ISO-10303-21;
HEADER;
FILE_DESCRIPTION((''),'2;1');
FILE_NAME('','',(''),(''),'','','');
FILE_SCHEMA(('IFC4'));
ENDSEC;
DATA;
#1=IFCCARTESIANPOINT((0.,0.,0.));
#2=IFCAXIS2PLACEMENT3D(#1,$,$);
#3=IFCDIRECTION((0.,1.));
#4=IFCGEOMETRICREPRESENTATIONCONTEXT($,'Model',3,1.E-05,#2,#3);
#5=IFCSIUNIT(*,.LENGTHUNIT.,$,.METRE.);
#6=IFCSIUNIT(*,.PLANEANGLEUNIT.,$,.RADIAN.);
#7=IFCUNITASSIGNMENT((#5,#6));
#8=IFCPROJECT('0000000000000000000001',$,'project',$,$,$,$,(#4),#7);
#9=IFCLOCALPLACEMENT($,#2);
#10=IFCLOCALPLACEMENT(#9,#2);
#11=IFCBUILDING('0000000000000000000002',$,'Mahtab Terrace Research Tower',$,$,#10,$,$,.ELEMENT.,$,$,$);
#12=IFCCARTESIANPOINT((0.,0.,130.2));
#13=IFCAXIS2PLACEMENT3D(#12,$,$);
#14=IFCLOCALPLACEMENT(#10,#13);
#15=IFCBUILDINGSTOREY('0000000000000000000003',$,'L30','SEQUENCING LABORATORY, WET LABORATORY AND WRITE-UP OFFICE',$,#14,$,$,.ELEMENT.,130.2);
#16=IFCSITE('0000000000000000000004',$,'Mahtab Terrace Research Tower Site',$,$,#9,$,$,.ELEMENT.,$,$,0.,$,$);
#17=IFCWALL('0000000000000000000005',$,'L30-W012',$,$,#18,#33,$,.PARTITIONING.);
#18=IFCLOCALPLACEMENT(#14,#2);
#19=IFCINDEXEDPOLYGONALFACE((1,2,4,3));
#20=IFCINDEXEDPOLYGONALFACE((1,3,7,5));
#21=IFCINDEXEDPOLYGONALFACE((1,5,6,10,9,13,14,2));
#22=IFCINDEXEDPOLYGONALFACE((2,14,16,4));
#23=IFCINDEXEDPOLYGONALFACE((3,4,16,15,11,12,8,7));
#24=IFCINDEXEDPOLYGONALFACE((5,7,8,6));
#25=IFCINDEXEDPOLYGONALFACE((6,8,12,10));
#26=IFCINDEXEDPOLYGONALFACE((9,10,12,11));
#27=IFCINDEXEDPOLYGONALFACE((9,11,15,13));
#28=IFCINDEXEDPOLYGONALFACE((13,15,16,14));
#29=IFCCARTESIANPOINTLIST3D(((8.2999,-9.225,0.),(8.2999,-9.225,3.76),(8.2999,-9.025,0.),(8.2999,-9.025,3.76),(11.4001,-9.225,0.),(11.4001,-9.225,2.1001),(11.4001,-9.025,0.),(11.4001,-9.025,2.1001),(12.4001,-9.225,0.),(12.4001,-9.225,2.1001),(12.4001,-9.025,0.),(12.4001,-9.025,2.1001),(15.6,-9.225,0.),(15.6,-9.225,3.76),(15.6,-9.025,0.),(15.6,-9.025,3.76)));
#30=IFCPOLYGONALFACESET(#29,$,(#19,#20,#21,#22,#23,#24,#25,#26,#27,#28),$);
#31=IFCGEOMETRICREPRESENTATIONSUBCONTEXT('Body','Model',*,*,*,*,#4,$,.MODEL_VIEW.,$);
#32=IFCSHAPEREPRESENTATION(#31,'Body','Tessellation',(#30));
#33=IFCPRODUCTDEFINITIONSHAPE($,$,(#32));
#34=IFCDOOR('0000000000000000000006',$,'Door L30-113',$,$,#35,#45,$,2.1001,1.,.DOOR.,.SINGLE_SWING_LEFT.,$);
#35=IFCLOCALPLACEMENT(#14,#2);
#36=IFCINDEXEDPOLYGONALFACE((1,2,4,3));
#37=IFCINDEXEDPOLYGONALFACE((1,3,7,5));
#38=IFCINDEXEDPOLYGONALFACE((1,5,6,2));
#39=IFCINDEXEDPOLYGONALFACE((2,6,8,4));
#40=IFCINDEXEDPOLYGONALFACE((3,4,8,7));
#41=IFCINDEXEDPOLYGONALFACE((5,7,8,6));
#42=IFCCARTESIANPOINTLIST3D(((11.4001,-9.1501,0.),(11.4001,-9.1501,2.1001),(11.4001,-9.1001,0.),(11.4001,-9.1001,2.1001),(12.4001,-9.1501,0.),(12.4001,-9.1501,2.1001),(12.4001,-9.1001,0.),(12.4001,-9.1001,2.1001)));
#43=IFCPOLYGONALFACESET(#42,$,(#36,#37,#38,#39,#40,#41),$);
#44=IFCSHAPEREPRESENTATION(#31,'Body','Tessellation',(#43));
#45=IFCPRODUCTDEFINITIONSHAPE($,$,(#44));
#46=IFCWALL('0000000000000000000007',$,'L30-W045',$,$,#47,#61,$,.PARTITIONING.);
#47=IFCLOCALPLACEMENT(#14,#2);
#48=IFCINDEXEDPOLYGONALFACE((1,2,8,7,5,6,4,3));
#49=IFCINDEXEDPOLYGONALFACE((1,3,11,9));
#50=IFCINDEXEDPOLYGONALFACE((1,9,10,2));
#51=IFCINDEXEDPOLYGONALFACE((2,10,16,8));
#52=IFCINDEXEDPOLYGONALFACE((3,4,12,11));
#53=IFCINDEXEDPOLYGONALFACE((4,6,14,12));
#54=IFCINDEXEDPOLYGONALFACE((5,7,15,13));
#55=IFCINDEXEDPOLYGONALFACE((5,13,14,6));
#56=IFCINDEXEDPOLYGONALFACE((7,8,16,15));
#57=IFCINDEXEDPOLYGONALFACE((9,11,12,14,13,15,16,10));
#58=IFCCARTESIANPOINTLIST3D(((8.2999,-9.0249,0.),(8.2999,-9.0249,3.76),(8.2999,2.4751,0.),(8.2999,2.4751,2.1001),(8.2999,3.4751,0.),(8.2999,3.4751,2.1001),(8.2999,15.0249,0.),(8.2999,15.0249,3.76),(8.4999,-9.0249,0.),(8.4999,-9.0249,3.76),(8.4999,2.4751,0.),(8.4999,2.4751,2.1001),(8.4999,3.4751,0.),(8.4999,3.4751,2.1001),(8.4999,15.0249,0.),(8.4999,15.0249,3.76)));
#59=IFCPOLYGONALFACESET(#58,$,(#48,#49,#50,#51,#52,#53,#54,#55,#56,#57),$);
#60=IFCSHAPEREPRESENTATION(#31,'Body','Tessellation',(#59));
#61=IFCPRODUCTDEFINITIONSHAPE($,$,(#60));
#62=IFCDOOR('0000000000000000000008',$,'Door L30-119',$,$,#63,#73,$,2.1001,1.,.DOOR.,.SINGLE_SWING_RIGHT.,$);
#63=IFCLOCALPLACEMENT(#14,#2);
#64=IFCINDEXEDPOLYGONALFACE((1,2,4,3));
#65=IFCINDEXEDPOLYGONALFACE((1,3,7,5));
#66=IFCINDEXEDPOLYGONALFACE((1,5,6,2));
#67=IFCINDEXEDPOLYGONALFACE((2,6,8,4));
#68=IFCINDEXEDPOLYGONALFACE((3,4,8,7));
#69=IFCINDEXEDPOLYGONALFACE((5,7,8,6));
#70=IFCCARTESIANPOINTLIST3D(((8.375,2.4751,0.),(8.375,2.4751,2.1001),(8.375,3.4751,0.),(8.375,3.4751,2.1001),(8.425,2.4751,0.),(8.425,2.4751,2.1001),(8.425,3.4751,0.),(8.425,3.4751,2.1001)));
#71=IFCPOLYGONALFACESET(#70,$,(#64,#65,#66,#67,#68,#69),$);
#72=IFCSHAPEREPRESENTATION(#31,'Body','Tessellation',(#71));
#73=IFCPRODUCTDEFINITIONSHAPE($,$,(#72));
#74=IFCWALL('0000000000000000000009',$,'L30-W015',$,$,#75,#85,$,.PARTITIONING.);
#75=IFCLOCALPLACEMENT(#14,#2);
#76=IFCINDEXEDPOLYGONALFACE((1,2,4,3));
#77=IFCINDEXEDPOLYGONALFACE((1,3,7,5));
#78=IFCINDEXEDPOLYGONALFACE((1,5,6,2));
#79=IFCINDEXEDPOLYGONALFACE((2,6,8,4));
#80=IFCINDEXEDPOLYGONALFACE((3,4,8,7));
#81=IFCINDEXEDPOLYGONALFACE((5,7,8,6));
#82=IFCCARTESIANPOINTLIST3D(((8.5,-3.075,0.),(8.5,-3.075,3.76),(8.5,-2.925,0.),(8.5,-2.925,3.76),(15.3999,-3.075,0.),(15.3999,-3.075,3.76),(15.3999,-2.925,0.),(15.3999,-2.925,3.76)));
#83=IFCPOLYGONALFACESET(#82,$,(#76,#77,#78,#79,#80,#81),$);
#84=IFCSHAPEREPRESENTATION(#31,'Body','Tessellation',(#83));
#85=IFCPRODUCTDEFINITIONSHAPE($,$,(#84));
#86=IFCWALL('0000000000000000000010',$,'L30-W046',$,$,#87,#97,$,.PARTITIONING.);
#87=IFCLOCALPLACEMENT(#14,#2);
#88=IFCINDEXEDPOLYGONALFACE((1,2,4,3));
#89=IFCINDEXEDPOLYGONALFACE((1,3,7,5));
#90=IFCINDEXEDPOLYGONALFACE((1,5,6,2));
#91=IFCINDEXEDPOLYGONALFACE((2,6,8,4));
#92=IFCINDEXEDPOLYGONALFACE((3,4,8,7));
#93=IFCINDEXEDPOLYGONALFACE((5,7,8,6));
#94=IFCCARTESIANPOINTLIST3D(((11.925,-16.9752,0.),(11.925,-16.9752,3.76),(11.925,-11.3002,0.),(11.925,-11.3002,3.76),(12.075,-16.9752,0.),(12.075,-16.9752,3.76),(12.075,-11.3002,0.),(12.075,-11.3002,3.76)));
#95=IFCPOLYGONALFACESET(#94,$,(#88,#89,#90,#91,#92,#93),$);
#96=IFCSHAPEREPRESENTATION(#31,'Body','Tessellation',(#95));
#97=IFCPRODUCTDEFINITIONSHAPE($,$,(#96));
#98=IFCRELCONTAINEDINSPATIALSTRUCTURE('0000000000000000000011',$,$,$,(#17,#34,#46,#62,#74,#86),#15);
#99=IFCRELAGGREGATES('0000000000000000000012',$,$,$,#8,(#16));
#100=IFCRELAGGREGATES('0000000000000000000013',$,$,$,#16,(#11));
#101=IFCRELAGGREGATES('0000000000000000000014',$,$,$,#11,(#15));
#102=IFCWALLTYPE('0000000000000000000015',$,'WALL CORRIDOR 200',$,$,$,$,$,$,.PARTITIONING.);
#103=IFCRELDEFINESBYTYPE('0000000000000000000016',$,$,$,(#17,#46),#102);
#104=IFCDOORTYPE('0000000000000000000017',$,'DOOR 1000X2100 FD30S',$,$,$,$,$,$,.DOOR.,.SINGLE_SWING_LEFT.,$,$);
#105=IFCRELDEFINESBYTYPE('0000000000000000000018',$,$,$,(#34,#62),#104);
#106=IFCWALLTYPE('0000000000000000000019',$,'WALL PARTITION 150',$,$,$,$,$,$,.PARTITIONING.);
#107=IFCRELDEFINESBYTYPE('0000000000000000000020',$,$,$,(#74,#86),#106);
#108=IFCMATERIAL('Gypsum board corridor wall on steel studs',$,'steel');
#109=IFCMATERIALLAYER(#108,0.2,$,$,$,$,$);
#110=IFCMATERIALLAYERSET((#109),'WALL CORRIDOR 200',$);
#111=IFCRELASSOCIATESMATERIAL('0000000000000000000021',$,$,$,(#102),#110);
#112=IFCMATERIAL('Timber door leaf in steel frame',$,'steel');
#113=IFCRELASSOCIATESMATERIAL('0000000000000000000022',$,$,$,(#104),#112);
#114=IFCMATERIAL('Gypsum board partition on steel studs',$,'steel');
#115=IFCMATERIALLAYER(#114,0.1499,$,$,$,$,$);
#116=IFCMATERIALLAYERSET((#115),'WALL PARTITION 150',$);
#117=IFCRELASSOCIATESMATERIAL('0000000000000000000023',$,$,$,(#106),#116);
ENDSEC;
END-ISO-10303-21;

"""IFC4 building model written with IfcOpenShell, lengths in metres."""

from ifc_helpers import new_model, si_unit, direction, frame, frame_2d, origin, place, context, subcontext, project, spatial, rectangle, extrude, material, layer, layer_set, type_object, element, fill, save


model = new_model("IFC4")

# Units and contexts
model_context = context("Model", 3, precision=1e-05, world=origin(), true_north=direction((0.0, 1.0)))
body_context = subcontext(model_context, "Body", "Model", "MODEL_VIEW")
ifc_project = project(units=[si_unit("LENGTHUNIT", "METRE"), si_unit("PLANEANGLEUNIT", "RADIAN")], contexts=[model_context])

# Site, building, storey
site_placement = place(None, origin())
site = spatial("IfcSite", under=ifc_project, at=site_placement, Name="Mahtab Terrace Research Tower Site", CompositionType="ELEMENT", RefElevation=0.0)
building_placement = place(site_placement, origin())
building = spatial("IfcBuilding", under=site, at=building_placement, Name="Mahtab Terrace Research Tower", CompositionType="ELEMENT")
storey_placement = place(building_placement, frame((0.0, 0.0, 130.2)))
storey = spatial("IfcBuildingStorey", under=building, at=storey_placement, Name="L30", Description="SEQUENCING LABORATORY, WET LABORATORY AND WRITE-UP OFFICE", CompositionType="ELEMENT", Elevation=130.2)

# Shared definitions
ifc_material_1 = material(Name="Gypsum board corridor wall on steel studs", Category="steel")
ifc_layer_1 = layer(ifc_material_1, 0.2)
ifc_layer_set_1 = layer_set([ifc_layer_1], Name="WALL CORRIDOR 200")
wall_type_1 = type_object("IfcWallType", Name="WALL CORRIDOR 200", PredefinedType="PARTITIONING", material=ifc_layer_set_1)
ifc_material_2 = material(Name="Timber door leaf in steel frame", Category="steel")

# Walls, openings, doors
wall_1_placement = place(storey_placement, frame((8.3, -9.125, 0.0), z_axis=(0.0, 0.0, 1.0), x_axis=(1.0, 0.0, 0.0)))
wall_1 = element("IfcWall", 1, at=wall_1_placement, inside=storey, type_object=wall_type_1, Name="L30-W012", PredefinedType="PARTITIONING", context=body_context, shape_type="SweptSolid", body=[
    extrude(rectangle(XDim=7.3, YDim=0.2, at=frame_2d((3.6499, 0.0))), origin(), (0.0, 0.0, 1.0), 3.76),
])
opening_1_placement = place(wall_1_placement, frame((3.1001, 0.0, 0.0)))
opening_1 = element("IfcOpeningElement", 2, at=opening_1_placement, cuts=wall_1, PredefinedType="OPENING", context=body_context, shape_type="SweptSolid", body=[
    extrude(rectangle(XDim=1.0, YDim=2.1001, at=frame_2d((0.5, 1.05))), frame((0.0, 0.1099, 0.0), z_axis=(0.0, -1.0, 0.0), x_axis=(1.0, 0.0, 0.0)), (0.0, 0.0, 1.0), 0.22),
])
door_type_1 = type_object("IfcDoorType", Name="DOOR 1000X2100 FD30S", OperationType="SINGLE_SWING_LEFT", PredefinedType="DOOR", material=ifc_material_2)
door_1_placement = place(opening_1_placement, origin())
door_1 = element("IfcDoor", 3, at=door_1_placement, inside=storey, type_object=door_type_1, Name="Door L30-113", OperationType="SINGLE_SWING_LEFT", OverallHeight=2.1001, OverallWidth=1.0, PredefinedType="DOOR", context=body_context, shape_type="SweptSolid", body=[
    extrude(rectangle(XDim=1.0, YDim=2.1001, at=frame_2d((0.5, 1.05))), frame((0.0, 0.0249, 0.0), z_axis=(0.0, -1.0, 0.0), x_axis=(1.0, 0.0, 0.0)), (0.0, 0.0, 1.0), 0.05),
])
fill(opening_1, door_1)
wall_2_placement = place(storey_placement, frame((8.3999, -9.0249, 0.0), z_axis=(0.0, 0.0, 1.0), x_axis=(0.0, 1.0, 0.0)))
wall_2 = element("IfcWall", 4, at=wall_2_placement, inside=storey, type_object=wall_type_1, Name="L30-W045", PredefinedType="PARTITIONING", context=body_context, shape_type="SweptSolid", body=[
    extrude(rectangle(XDim=24.0498, YDim=0.2, at=frame_2d((12.0249, 0.0))), origin(), (0.0, 0.0, 1.0), 3.76),
])
opening_2_placement = place(wall_2_placement, frame((11.5, 0.0, 0.0)))
opening_2 = element("IfcOpeningElement", 5, at=opening_2_placement, cuts=wall_2, PredefinedType="OPENING", context=body_context, shape_type="SweptSolid", body=[
    extrude(rectangle(XDim=1.0, YDim=2.1001, at=frame_2d((0.5, 1.05))), frame((0.0, 0.1099, 0.0), z_axis=(0.0, -1.0, 0.0), x_axis=(1.0, 0.0, 0.0)), (0.0, 0.0, 1.0), 0.22),
])
door_2_placement = place(opening_2_placement, origin())
door_2 = element("IfcDoor", 6, at=door_2_placement, inside=storey, type_object=door_type_1, Name="Door L30-119", OperationType="SINGLE_SWING_RIGHT", OverallHeight=2.1001, OverallWidth=1.0, PredefinedType="DOOR", context=body_context, shape_type="SweptSolid", body=[
    extrude(rectangle(XDim=1.0, YDim=2.1001, at=frame_2d((0.5, 1.05))), frame((0.0, 0.0249, 0.0), z_axis=(0.0, -1.0, 0.0), x_axis=(1.0, 0.0, 0.0)), (0.0, 0.0, 1.0), 0.05),
])
fill(opening_2, door_2)

# Walls
ifc_material_3 = material(Name="Gypsum board partition on steel studs", Category="steel")
ifc_layer_2 = layer(ifc_material_3, 0.1499)
ifc_layer_set_2 = layer_set([ifc_layer_2], Name="WALL PARTITION 150")
wall_type_2 = type_object("IfcWallType", Name="WALL PARTITION 150", PredefinedType="PARTITIONING", material=ifc_layer_set_2)
wall_3_placement = place(storey_placement, frame((8.5, -3.0, 0.0), z_axis=(0.0, 0.0, 1.0), x_axis=(1.0, 0.0, 0.0)))
element("IfcWall", 7, at=wall_3_placement, inside=storey, type_object=wall_type_2, Name="L30-W015", PredefinedType="PARTITIONING", context=body_context, shape_type="SweptSolid", body=[
    extrude(rectangle(XDim=6.8999, YDim=0.1499, at=frame_2d((3.45, 0.0))), origin(), (0.0, 0.0, 1.0), 3.76),
])
wall_4_placement = place(storey_placement, frame((12.0, -16.9751, 0.0), z_axis=(0.0, 0.0, 1.0), x_axis=(0.0, 1.0, 0.0)))
element("IfcWall", 8, at=wall_4_placement, inside=storey, type_object=wall_type_2, Name="L30-W046", PredefinedType="PARTITIONING", context=body_context, shape_type="SweptSolid", body=[
    extrude(rectangle(XDim=5.675, YDim=0.1499, at=frame_2d((2.8374, 0.0))), origin(), (0.0, 0.0, 1.0), 3.76),
])

save(model, "model.ifc")
